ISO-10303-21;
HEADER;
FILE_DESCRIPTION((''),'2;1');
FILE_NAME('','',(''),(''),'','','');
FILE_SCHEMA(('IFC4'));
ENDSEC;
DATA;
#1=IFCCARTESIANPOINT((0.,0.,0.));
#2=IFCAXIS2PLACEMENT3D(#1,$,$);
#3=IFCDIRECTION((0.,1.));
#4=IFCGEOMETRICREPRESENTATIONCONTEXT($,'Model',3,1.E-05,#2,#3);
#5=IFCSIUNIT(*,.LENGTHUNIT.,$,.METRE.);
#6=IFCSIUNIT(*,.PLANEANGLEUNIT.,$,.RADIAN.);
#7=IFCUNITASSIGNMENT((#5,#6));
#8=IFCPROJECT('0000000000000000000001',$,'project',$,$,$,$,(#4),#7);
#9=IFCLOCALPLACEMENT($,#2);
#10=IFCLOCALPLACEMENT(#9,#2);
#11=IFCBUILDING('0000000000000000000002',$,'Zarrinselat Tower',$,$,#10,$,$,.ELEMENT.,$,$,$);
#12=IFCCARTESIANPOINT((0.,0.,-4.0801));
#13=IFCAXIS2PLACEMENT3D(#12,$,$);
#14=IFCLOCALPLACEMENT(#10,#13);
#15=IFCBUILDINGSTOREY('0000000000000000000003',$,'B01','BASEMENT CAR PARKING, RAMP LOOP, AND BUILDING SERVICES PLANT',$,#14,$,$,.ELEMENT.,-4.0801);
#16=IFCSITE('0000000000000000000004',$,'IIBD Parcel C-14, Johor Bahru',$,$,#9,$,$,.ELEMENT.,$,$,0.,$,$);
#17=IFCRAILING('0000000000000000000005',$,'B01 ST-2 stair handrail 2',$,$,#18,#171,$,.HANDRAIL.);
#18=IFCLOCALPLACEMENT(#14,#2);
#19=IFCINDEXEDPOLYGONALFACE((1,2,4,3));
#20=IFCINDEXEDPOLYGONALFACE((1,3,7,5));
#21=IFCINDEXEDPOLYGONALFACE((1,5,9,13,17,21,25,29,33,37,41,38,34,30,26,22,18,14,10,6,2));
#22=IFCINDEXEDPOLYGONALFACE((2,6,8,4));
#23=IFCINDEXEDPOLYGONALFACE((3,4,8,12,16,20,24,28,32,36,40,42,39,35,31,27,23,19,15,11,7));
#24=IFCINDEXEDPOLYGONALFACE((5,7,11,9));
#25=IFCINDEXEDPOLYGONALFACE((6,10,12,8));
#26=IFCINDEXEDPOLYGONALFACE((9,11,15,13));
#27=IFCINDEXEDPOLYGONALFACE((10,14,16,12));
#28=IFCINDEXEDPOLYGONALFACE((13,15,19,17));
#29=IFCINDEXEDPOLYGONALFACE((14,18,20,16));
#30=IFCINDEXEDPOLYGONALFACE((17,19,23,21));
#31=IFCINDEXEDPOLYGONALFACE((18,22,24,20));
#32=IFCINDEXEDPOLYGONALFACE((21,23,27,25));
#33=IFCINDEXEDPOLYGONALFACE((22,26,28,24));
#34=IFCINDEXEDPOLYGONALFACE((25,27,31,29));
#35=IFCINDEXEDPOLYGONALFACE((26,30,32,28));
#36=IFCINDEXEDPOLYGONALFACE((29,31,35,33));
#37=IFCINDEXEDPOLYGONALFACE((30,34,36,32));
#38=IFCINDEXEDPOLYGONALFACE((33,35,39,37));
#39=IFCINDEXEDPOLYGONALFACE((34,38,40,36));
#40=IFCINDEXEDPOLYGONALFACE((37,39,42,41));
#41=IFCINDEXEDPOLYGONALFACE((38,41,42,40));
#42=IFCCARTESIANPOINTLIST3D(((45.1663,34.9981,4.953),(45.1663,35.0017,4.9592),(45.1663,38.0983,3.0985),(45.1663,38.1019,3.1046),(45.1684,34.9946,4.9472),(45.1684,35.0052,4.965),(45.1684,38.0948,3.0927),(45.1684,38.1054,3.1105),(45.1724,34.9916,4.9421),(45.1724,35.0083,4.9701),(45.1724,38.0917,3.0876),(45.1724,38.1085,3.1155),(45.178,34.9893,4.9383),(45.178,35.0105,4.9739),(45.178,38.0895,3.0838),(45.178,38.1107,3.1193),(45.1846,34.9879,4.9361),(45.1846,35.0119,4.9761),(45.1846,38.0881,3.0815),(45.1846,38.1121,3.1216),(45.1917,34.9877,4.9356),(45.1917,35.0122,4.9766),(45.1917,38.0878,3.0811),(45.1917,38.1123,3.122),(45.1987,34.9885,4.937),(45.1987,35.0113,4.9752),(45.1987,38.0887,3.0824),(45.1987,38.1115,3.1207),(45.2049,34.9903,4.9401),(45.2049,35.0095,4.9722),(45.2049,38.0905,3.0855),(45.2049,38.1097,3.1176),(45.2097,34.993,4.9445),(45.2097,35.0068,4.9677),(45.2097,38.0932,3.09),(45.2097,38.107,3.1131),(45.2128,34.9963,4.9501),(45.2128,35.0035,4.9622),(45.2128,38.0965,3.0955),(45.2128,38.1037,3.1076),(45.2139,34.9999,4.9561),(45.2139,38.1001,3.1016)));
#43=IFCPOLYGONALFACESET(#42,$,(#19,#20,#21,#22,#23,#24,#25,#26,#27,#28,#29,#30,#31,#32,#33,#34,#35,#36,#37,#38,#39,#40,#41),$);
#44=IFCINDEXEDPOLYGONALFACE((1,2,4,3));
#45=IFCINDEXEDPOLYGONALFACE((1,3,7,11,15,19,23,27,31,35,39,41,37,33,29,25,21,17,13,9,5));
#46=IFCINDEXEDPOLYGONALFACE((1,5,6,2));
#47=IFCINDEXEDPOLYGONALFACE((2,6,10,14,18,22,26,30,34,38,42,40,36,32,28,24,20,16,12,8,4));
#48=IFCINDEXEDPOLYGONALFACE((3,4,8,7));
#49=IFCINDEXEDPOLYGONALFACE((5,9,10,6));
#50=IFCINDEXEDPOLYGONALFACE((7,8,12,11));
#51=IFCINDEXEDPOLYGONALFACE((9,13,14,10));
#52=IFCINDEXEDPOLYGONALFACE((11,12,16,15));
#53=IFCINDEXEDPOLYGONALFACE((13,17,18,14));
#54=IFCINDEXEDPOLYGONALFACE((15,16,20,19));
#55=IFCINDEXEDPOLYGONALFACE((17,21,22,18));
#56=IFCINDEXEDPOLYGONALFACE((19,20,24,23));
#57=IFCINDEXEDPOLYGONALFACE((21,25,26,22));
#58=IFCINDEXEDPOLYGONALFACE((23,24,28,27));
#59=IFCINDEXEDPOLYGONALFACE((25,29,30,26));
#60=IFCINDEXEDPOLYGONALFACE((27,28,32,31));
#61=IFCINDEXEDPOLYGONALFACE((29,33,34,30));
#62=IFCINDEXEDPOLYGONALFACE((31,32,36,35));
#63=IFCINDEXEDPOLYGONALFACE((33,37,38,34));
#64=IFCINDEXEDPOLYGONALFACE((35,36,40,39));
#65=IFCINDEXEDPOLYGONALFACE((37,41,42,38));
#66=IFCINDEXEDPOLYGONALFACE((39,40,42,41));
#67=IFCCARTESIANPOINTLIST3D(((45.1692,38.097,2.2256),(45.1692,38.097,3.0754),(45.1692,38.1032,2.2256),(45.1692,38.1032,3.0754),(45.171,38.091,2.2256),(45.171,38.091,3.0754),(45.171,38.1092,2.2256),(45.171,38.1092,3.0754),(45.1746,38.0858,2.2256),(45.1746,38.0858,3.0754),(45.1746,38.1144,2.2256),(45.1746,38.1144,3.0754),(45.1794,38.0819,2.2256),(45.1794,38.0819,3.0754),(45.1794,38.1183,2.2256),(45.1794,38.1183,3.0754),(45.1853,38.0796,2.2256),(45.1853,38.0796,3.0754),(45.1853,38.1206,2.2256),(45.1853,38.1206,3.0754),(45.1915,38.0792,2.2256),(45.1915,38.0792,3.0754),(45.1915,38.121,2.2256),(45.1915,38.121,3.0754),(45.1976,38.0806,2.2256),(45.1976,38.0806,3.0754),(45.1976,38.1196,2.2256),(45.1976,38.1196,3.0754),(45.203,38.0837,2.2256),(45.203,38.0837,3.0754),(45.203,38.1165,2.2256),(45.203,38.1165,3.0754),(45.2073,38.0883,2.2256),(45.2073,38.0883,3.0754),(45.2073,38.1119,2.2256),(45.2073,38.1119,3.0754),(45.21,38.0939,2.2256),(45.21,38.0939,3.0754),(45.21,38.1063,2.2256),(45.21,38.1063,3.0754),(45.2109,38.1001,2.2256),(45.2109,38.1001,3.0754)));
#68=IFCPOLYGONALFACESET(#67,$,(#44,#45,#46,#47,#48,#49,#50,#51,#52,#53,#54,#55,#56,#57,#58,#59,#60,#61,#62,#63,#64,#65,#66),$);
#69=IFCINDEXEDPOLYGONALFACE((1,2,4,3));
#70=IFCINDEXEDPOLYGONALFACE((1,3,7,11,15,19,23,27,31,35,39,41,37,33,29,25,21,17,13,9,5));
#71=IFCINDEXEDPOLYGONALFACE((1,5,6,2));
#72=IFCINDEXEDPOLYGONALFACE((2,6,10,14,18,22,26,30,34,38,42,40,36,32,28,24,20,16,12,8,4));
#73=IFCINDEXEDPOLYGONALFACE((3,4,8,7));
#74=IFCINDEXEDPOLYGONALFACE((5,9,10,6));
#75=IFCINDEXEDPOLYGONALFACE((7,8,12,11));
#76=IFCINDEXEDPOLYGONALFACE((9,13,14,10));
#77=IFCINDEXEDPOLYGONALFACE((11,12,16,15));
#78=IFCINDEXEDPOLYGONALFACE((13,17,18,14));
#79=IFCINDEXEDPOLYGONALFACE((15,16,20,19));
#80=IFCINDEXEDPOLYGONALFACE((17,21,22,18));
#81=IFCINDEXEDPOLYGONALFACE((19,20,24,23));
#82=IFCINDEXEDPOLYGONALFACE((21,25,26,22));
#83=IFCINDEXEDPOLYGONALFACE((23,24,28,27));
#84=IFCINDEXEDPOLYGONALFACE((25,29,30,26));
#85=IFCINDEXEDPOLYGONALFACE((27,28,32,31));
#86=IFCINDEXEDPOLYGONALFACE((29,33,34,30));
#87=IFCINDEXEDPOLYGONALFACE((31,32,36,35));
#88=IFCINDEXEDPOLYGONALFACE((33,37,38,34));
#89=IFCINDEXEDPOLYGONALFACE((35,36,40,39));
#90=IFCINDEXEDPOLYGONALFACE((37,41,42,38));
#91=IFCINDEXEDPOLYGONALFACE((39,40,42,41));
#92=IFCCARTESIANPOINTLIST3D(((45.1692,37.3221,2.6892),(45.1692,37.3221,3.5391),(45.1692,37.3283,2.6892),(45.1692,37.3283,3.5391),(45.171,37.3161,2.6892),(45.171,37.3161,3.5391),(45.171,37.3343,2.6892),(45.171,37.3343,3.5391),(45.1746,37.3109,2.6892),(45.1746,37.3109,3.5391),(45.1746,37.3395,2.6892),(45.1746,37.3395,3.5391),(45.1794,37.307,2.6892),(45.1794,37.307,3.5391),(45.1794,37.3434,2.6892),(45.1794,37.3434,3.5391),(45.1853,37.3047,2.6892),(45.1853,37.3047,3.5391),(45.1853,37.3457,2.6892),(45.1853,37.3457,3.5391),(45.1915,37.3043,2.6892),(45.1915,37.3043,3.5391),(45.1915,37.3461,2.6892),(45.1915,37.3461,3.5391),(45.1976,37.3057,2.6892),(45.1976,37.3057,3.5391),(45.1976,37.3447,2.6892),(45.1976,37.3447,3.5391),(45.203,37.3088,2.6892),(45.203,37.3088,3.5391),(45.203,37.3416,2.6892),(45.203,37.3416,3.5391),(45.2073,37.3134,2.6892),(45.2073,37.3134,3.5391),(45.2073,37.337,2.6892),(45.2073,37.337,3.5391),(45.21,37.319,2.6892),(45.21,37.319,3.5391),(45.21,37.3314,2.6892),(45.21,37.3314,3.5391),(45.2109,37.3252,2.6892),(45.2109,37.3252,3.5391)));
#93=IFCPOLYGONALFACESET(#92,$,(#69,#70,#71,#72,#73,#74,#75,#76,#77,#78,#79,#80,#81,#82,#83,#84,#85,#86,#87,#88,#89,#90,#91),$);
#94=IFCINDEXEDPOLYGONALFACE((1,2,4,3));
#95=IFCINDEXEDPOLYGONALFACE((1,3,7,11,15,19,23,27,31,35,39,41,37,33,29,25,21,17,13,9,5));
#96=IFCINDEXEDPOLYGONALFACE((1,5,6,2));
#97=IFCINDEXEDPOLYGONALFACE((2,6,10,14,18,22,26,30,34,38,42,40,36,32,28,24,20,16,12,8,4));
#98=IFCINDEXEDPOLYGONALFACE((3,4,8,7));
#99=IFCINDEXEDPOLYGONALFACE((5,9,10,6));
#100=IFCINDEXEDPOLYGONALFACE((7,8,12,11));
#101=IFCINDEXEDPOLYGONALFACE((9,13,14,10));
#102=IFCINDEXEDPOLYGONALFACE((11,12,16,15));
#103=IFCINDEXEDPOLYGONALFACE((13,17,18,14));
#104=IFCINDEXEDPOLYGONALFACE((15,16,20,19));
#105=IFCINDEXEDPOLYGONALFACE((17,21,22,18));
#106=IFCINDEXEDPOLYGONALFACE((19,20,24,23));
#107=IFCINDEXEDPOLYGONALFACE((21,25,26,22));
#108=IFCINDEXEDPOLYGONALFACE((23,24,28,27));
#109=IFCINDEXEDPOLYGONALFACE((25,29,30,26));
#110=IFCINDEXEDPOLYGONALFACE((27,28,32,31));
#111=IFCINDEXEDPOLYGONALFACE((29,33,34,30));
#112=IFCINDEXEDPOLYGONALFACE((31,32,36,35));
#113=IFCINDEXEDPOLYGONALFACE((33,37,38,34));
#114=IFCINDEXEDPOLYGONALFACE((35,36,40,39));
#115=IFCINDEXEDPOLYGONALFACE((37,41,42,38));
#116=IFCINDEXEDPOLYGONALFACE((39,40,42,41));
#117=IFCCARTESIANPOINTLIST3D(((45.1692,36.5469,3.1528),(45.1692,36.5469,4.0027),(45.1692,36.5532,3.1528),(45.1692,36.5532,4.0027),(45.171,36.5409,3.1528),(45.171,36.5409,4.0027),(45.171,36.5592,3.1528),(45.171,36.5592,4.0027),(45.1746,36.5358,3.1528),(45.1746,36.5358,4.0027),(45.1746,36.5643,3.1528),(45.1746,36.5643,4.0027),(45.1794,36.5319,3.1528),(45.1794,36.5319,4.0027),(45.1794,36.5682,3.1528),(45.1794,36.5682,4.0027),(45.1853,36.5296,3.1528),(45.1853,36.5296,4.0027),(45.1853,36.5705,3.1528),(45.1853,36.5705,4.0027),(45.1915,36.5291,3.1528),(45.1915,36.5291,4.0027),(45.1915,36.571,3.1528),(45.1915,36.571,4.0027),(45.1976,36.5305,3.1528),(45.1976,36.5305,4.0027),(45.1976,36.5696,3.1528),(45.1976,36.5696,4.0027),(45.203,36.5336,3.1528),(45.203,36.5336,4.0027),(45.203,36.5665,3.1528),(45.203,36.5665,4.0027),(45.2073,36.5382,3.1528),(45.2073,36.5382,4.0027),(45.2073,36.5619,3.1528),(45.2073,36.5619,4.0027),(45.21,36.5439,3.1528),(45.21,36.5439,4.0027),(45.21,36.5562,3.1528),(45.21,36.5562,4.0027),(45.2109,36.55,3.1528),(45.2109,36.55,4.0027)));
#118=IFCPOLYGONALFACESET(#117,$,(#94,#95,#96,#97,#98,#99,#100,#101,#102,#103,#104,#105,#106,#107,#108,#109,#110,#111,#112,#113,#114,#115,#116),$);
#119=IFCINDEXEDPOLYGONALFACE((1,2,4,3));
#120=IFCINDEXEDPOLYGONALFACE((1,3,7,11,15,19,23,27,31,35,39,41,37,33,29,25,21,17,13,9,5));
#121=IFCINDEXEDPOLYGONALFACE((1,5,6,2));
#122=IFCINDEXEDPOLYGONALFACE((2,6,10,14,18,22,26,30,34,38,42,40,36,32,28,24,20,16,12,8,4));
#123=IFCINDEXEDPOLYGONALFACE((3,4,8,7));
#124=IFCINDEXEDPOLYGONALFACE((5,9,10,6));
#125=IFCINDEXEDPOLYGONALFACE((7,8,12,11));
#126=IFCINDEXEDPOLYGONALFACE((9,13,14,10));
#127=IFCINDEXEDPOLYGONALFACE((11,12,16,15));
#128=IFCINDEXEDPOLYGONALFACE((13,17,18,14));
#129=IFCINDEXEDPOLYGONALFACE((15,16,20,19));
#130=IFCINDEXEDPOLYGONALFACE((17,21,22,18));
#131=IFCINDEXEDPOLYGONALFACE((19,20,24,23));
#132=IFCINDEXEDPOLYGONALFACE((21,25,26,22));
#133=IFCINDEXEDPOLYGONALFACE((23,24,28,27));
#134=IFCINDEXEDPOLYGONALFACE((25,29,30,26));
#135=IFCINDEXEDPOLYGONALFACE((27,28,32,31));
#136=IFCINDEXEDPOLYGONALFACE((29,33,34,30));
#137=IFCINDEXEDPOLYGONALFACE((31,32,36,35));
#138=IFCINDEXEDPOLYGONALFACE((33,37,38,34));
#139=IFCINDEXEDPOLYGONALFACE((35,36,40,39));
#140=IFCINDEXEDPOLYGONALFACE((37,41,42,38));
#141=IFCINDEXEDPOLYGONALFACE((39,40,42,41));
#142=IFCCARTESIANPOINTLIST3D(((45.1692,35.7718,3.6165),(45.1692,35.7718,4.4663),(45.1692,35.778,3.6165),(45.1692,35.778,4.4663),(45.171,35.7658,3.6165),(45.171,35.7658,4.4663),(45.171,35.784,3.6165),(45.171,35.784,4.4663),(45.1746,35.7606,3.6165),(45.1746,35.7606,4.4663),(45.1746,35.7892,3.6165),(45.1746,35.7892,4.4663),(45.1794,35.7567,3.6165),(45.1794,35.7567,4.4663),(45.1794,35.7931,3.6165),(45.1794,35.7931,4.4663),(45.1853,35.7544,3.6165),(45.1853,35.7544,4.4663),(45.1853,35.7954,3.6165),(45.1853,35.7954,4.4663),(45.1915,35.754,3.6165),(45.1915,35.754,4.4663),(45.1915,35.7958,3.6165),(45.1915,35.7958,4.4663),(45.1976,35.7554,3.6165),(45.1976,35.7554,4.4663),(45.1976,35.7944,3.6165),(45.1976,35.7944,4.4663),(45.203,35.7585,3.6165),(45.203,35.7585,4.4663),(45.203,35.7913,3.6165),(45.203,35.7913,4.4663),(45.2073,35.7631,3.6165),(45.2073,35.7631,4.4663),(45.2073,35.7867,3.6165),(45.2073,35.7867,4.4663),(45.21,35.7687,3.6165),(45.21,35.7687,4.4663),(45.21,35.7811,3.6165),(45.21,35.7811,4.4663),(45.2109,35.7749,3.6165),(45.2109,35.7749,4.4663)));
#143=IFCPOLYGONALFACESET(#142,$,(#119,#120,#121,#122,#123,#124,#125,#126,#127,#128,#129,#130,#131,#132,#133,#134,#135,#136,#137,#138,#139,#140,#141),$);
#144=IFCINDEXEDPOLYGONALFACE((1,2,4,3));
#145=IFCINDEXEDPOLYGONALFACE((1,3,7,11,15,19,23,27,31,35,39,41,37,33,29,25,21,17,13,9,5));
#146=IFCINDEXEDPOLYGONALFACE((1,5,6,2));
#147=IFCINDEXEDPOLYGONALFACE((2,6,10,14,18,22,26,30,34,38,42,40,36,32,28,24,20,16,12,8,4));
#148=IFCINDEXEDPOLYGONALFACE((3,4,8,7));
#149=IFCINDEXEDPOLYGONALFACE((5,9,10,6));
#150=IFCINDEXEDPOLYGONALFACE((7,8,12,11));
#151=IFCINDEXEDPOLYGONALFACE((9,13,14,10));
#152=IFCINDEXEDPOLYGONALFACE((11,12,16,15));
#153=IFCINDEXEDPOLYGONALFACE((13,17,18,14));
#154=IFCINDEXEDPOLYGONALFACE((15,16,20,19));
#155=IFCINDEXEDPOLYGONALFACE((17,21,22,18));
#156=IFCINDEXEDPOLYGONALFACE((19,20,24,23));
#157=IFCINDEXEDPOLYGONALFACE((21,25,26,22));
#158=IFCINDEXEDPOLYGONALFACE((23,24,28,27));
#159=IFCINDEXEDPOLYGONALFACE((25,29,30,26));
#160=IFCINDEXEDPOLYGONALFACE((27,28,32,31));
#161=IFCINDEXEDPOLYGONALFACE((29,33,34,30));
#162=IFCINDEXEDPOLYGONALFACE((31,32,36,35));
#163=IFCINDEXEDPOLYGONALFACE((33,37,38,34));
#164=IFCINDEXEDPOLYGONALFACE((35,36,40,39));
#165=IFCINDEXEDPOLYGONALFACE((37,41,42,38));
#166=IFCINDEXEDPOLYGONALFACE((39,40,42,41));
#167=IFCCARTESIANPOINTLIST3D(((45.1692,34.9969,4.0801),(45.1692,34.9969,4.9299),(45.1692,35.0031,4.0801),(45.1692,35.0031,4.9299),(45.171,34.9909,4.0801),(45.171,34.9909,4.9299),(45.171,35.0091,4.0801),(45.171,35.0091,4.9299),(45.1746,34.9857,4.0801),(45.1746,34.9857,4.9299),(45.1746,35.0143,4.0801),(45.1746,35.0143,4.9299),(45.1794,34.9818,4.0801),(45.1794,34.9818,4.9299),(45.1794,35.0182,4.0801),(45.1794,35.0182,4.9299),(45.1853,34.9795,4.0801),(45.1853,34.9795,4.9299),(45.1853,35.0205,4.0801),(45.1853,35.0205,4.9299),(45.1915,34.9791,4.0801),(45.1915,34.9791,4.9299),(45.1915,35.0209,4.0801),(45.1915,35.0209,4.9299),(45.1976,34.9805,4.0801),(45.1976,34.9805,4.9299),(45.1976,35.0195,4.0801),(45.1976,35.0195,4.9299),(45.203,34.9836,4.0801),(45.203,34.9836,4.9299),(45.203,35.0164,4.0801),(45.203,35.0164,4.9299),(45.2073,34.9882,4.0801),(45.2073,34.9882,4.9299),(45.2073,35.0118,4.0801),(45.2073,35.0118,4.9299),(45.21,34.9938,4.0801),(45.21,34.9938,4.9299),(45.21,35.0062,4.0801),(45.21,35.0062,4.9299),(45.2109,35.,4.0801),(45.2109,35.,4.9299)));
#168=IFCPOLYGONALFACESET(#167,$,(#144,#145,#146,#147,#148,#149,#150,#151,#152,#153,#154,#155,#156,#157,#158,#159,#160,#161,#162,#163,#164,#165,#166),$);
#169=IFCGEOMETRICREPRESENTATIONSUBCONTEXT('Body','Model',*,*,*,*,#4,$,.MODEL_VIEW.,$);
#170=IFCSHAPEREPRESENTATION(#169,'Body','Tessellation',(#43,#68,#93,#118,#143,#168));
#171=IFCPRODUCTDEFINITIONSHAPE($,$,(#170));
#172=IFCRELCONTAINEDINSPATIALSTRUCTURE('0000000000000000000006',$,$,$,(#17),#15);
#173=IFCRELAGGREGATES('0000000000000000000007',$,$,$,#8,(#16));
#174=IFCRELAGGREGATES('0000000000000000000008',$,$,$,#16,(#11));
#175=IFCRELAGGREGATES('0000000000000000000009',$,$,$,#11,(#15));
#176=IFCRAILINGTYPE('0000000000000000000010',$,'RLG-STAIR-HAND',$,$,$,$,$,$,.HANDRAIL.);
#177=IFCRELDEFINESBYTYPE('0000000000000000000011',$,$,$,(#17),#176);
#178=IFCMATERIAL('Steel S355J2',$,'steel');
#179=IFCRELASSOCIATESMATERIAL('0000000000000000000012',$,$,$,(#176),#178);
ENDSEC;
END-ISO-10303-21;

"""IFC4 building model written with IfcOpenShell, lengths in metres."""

from ifc_helpers import new_model, si_unit, direction, frame, origin, origin_2d, place, context, subcontext, project, spatial, circle, extrude, material, type_object, element, save


model = new_model("IFC4")

# Units and contexts
model_context = context("Model", 3, precision=1e-05, world=origin(), true_north=direction((0.0, 1.0)))
body_context = subcontext(model_context, "Body", "Model", "MODEL_VIEW")
ifc_project = project(units=[si_unit("LENGTHUNIT", "METRE"), si_unit("PLANEANGLEUNIT", "RADIAN")], contexts=[model_context])

# Site, building, storey
site_placement = place(None, origin())
site = spatial("IfcSite", under=ifc_project, at=site_placement, Name="IIBD Parcel C-14, Johor Bahru", CompositionType="ELEMENT", RefElevation=0.0)
building_placement = place(site_placement, origin())
building = spatial("IfcBuilding", under=site, at=building_placement, Name="Zarrinselat Tower", CompositionType="ELEMENT")
storey_placement = place(building_placement, frame((0.0, 0.0, -4.0801)))
storey = spatial("IfcBuildingStorey", under=building, at=storey_placement, Name="B01", Description="BASEMENT CAR PARKING, RAMP LOOP, AND BUILDING SERVICES PLANT", CompositionType="ELEMENT", Elevation=-4.0801)

# Railing
ifc_material_1 = material(Name="Steel S355J2", Category="steel")
railing_type_1 = type_object("IfcRailingType", Name="RLG-STAIR-HAND", PredefinedType="HANDRAIL", material=ifc_material_1)
railing_1_placement = place(storey_placement, frame((45.1899, 38.1001, 2.2256)))
element("IfcRailing", 1, at=railing_1_placement, inside=storey, type_object=railing_type_1, Name="B01 ST-2 stair handrail 2", PredefinedType="HANDRAIL", context=body_context, shape_type="SweptSolid", body=[
    extrude(circle(Radius=0.0239, at=origin_2d()), frame((0.0, 0.0, 0.876), z_axis=(0.0, -0.858172, 0.513362), x_axis=(1.0, 0.0, 0.0)), (0.0, 0.0, 1.0), 3.6125),
    extrude(circle(Radius=0.021, at=origin_2d()), origin(), (0.0, 0.0, 1.0), 0.8499),
    extrude(circle(Radius=0.021, at=origin_2d()), frame((0.0, -0.7749, 0.4636)), (0.0, 0.0, 1.0), 0.8499),
    extrude(circle(Radius=0.021, at=origin_2d()), frame((0.0, -1.55, 0.9272)), (0.0, 0.0, 1.0), 0.8499),
    extrude(circle(Radius=0.021, at=origin_2d()), frame((0.0, -2.3252, 1.3909)), (0.0, 0.0, 1.0), 0.8499),
    extrude(circle(Radius=0.021, at=origin_2d()), frame((0.0, -3.1001, 1.8545)), (0.0, 0.0, 1.0), 0.8499),
])

save(model, "model.ifc")
